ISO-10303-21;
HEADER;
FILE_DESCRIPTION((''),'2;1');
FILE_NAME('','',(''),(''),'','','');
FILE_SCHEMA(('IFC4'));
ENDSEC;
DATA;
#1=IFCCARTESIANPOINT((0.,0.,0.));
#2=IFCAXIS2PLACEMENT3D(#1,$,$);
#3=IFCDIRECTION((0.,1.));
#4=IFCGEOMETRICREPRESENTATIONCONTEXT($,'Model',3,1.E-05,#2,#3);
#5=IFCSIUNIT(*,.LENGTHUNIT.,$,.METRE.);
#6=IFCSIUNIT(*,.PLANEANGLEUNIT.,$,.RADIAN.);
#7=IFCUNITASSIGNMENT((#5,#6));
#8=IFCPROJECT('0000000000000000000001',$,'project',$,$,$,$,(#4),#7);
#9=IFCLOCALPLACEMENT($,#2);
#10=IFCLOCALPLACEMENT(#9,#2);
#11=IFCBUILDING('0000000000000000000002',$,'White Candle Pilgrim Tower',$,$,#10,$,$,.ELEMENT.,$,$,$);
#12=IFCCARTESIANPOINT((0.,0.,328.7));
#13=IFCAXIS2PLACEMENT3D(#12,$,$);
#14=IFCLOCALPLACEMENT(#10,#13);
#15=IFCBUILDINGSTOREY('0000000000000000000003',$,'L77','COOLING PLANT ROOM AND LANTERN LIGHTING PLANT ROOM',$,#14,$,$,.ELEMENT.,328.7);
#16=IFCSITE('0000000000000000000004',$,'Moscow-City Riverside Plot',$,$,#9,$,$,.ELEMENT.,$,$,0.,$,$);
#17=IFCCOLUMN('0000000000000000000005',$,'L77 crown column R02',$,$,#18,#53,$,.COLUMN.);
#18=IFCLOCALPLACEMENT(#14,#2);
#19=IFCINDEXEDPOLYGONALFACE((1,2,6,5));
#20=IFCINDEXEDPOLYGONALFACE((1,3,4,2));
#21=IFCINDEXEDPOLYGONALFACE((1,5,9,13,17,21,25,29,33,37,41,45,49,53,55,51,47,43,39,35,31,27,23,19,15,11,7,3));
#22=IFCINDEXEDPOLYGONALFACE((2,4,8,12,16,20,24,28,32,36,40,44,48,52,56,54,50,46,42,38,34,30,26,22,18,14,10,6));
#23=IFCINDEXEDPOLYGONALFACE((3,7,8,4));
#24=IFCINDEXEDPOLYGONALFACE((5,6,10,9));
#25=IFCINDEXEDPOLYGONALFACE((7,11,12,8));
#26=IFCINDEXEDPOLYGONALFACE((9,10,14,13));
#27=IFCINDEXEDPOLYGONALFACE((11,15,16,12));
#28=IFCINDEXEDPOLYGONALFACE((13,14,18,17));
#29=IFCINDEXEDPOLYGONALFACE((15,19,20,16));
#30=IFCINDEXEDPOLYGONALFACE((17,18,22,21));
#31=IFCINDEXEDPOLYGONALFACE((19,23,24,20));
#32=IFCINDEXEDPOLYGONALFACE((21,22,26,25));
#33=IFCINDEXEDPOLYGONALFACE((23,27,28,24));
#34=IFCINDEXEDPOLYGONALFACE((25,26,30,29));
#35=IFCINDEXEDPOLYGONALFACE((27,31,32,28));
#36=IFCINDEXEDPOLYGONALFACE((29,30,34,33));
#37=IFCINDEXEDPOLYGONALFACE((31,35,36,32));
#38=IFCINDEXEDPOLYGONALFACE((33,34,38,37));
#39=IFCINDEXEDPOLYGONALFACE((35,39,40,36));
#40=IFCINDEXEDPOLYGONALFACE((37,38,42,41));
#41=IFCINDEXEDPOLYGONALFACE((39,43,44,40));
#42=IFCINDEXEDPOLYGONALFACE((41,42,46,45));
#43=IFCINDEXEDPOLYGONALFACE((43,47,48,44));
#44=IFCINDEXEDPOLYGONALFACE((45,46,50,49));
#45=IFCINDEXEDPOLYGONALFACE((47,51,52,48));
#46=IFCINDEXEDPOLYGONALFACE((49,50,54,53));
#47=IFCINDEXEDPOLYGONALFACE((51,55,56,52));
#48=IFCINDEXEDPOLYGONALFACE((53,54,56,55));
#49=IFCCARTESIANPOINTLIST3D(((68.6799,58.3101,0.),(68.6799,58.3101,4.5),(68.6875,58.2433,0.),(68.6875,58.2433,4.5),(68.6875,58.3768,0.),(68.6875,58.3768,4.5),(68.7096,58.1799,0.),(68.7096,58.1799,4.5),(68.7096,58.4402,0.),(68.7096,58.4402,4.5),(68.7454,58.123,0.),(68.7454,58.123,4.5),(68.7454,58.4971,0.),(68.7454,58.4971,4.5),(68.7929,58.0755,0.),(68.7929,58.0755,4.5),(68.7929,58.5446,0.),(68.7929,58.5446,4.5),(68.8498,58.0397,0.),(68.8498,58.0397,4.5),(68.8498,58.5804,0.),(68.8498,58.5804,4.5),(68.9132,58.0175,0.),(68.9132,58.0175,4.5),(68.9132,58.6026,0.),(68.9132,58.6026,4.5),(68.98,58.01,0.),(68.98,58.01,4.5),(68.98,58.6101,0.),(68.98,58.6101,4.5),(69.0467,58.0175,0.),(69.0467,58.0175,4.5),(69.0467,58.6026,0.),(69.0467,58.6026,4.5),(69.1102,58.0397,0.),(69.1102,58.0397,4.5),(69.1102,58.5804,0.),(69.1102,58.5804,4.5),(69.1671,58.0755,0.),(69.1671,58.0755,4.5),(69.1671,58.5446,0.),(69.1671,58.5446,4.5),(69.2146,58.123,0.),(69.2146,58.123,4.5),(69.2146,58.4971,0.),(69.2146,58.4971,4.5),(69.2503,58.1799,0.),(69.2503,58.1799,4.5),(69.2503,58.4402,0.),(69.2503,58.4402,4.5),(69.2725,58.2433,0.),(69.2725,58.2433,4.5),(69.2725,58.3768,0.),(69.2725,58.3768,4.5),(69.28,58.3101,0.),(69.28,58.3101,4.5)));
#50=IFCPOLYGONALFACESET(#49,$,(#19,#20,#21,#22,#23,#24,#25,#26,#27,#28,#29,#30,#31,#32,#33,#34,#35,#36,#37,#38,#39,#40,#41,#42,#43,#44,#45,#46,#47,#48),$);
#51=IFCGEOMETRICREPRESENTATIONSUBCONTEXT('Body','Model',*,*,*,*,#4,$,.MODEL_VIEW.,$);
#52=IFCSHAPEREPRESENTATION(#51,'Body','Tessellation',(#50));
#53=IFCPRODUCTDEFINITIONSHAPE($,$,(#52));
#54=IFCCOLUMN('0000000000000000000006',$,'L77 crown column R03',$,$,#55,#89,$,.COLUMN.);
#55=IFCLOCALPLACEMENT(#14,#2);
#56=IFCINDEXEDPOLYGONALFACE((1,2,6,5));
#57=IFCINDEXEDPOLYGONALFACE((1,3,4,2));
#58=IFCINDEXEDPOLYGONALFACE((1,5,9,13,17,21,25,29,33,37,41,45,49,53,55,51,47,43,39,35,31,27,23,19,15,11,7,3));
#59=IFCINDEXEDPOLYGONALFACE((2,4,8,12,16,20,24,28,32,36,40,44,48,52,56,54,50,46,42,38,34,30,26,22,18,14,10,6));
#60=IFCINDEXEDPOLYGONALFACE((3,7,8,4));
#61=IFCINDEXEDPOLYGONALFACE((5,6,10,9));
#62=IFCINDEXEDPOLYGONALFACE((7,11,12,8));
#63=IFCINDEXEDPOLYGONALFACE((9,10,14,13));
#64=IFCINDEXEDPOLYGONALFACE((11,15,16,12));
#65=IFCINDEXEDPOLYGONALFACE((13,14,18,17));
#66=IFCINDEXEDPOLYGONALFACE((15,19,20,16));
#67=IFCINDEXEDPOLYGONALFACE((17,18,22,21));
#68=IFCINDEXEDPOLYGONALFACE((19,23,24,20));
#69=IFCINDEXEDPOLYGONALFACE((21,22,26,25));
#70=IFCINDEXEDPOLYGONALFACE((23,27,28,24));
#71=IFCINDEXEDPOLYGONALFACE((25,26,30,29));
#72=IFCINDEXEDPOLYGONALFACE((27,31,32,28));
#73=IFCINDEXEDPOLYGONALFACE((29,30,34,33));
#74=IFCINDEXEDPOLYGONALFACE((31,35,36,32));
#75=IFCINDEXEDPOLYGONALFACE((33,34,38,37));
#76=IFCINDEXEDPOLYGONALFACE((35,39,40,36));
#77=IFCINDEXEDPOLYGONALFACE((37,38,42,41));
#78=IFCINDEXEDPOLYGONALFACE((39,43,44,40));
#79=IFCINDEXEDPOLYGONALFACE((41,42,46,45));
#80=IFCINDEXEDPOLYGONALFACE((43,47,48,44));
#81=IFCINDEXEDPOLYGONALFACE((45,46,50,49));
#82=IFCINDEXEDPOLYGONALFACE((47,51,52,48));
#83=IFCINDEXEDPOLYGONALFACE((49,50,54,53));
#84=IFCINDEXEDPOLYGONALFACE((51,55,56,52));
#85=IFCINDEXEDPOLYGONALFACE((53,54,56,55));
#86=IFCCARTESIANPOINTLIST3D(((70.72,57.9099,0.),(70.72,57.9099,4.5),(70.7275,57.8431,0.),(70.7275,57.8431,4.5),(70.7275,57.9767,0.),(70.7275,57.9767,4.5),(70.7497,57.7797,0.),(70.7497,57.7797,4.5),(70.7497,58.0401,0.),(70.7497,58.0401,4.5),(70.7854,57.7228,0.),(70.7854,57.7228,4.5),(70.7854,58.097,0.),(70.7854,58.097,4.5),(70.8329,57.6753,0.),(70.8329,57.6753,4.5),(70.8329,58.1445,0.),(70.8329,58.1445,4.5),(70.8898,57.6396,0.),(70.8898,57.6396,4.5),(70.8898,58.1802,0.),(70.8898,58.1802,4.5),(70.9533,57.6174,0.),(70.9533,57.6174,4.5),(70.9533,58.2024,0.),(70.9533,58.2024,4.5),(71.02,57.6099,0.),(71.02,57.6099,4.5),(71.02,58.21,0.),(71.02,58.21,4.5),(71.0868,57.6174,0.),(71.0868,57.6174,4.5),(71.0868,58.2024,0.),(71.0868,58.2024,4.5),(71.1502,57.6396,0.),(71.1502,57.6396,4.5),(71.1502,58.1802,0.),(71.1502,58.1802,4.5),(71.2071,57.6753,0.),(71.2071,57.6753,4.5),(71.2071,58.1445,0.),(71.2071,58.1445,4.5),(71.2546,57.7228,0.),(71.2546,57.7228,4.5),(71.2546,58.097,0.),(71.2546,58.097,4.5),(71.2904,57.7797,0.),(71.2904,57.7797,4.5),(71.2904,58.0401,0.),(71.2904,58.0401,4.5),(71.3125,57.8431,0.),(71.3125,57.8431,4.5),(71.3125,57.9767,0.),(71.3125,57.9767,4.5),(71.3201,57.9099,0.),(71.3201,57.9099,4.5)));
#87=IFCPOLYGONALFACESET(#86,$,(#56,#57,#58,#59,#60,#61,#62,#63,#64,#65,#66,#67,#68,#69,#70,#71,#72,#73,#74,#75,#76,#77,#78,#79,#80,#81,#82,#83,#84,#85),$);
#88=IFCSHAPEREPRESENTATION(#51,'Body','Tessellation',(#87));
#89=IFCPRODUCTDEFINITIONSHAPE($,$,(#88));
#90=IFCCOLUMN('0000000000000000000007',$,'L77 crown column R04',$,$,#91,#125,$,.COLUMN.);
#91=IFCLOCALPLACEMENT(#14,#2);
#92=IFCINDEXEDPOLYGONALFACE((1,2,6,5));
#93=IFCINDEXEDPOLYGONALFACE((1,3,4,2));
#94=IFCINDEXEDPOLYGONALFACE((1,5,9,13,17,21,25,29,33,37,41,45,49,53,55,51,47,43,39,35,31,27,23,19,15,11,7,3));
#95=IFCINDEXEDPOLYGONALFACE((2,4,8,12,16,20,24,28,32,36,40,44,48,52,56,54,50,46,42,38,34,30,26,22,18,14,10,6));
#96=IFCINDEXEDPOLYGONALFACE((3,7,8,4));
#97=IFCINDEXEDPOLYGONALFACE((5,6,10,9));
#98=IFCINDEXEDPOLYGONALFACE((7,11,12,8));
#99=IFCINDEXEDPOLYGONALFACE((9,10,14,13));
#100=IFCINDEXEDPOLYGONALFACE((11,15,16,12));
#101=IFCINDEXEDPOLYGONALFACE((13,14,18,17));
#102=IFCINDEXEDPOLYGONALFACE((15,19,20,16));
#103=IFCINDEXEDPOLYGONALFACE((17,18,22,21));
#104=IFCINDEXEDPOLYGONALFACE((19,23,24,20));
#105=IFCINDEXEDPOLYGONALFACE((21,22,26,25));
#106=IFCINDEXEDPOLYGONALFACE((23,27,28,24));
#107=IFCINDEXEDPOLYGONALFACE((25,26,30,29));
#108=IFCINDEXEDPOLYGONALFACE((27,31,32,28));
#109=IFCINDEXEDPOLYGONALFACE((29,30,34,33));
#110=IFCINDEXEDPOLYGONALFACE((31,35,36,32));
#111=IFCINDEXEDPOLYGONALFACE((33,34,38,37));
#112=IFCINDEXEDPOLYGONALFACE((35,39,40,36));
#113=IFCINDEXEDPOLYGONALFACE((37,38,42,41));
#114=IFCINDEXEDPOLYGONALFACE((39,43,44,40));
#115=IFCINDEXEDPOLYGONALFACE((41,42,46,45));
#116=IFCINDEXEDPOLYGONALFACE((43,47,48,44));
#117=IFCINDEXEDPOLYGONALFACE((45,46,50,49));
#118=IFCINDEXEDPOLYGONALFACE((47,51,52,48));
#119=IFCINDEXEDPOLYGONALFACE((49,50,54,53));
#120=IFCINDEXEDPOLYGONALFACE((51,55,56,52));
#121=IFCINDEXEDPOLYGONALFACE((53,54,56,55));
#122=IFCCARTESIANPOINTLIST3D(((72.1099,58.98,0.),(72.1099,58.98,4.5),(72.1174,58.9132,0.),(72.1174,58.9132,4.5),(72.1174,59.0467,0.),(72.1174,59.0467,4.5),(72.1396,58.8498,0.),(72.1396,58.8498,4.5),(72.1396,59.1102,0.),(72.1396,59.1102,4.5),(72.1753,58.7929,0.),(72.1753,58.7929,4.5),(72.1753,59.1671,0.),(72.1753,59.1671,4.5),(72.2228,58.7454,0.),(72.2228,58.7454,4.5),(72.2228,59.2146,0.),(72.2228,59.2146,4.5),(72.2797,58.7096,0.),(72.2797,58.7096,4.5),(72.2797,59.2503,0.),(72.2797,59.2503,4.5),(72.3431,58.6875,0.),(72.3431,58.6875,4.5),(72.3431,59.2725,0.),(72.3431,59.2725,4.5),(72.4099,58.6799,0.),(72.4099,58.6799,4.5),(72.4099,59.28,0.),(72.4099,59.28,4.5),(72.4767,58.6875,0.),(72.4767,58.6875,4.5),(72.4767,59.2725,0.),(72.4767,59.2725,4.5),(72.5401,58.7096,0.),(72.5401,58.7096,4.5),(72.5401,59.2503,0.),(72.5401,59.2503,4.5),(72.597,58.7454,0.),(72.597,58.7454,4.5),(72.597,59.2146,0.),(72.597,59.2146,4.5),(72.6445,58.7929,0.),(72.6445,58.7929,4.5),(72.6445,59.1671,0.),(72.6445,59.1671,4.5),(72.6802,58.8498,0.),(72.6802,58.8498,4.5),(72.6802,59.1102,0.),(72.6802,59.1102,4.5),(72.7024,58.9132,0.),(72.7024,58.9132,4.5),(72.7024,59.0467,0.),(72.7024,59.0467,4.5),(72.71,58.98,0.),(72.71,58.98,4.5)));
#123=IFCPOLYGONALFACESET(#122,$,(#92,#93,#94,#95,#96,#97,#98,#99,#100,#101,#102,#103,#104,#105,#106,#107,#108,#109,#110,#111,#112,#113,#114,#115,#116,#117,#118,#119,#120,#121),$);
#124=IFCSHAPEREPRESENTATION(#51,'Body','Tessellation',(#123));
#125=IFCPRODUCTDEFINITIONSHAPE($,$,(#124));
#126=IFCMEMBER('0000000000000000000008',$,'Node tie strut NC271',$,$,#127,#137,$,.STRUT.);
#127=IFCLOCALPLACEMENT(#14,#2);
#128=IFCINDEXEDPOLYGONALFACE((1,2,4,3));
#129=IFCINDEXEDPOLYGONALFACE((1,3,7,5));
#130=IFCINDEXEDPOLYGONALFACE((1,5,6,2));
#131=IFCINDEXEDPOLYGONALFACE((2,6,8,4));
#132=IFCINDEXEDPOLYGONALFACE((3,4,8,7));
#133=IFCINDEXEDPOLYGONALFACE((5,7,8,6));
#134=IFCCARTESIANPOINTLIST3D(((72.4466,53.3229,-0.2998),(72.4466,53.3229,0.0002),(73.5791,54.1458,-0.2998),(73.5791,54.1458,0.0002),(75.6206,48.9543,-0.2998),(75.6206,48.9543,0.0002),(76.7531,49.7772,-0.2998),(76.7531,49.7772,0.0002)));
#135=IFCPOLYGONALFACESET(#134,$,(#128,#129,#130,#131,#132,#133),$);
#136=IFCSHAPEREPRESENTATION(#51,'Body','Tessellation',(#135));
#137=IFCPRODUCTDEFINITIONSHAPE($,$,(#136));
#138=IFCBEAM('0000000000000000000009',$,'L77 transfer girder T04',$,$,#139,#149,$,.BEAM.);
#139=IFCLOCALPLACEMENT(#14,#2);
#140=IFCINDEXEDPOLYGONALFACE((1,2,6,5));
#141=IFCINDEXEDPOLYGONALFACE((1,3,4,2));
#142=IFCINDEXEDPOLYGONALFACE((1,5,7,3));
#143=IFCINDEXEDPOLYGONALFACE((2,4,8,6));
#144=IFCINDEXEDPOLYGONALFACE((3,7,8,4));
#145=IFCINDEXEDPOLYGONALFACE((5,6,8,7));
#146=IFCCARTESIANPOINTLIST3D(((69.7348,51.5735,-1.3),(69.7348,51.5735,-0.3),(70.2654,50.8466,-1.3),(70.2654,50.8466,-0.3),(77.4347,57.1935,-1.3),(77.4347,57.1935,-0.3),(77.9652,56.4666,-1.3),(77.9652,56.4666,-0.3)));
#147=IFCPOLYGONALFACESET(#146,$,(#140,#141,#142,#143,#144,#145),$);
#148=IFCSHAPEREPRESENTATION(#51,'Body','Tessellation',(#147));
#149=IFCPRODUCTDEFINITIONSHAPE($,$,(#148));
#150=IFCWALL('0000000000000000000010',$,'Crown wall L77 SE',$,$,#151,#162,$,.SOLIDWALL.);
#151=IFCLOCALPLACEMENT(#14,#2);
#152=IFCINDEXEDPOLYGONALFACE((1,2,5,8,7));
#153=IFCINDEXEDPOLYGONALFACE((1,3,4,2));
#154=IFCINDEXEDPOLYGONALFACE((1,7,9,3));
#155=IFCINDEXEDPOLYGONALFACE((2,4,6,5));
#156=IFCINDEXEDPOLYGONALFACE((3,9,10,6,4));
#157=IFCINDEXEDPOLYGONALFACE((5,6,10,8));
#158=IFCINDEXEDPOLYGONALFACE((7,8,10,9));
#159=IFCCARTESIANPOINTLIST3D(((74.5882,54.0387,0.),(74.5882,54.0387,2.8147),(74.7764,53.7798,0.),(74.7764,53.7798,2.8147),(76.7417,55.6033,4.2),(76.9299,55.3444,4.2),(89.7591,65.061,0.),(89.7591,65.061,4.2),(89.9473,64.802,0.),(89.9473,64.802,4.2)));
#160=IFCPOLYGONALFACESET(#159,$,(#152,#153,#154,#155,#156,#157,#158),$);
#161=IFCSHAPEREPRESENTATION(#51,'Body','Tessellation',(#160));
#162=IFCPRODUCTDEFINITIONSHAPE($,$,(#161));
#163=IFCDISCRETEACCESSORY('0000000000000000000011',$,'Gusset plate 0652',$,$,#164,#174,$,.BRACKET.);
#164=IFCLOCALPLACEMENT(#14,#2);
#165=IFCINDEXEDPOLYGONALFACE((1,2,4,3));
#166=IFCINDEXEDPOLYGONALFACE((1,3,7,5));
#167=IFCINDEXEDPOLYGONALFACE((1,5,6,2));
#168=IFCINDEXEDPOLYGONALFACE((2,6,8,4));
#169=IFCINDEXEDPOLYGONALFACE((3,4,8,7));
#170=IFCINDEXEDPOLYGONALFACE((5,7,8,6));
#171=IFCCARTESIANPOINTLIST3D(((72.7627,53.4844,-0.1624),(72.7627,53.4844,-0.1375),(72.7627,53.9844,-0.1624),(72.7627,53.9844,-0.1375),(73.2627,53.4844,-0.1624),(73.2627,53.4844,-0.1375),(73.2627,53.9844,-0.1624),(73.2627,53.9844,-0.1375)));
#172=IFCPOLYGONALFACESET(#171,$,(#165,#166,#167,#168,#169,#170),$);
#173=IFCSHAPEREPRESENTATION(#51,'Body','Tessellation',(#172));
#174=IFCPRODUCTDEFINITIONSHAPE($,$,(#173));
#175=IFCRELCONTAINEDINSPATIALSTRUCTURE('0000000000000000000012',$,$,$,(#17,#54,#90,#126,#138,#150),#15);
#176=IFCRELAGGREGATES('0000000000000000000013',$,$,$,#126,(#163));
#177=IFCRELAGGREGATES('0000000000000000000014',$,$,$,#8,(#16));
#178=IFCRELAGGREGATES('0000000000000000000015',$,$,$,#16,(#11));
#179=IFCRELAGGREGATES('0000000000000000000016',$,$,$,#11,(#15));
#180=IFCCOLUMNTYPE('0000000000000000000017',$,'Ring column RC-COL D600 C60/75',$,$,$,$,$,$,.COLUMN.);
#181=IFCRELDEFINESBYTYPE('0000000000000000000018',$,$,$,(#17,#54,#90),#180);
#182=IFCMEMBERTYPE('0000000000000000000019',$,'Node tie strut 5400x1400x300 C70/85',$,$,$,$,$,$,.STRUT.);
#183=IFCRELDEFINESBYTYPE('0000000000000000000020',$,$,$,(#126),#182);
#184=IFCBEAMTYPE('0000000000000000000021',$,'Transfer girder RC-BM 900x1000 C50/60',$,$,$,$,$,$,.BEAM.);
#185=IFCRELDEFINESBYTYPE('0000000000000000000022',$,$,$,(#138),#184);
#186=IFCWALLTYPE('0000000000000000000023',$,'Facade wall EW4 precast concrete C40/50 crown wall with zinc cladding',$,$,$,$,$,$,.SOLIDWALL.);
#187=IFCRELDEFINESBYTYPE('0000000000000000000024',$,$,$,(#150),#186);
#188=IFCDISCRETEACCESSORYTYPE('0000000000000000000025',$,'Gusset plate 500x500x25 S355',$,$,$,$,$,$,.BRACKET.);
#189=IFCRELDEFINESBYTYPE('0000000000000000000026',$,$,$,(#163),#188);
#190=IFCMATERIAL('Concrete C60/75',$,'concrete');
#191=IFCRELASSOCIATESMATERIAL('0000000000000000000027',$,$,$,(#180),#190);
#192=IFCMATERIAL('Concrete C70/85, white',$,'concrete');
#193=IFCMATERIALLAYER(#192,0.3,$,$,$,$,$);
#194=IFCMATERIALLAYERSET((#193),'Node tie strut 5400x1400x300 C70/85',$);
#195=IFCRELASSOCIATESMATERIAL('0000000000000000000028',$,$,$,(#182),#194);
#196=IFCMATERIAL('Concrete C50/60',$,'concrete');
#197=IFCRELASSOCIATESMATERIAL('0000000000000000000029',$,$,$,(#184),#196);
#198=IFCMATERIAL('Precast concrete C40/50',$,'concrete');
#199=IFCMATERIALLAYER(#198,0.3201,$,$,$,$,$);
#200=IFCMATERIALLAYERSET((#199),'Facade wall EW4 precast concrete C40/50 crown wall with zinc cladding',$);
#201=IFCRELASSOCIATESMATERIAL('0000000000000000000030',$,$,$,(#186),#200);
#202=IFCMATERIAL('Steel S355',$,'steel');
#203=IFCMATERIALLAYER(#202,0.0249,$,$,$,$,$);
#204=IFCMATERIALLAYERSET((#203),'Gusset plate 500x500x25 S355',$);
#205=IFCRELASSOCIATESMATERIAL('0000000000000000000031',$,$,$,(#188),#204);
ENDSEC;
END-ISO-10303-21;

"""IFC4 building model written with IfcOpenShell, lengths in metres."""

from ifc_helpers import new_model, si_unit, direction, frame, origin, origin_2d, place, context, subcontext, project, spatial, polyline, rectangle, circle, outline, extrude, material, layer, layer_set, material_profile, profile_set, type_object, element, aggregate, save


model = new_model("IFC4")

# Units and contexts
model_context = context("Model", 3, precision=1e-05, world=origin(), true_north=direction((0.0, 1.0)))
body_context = subcontext(model_context, "Body", "Model", "MODEL_VIEW")
ifc_project = project(units=[si_unit("LENGTHUNIT", "METRE"), si_unit("PLANEANGLEUNIT", "RADIAN")], contexts=[model_context])

# Site, building, storey
site_placement = place(None, origin())
site = spatial("IfcSite", under=ifc_project, at=site_placement, Name="Moscow-City Riverside Plot", CompositionType="ELEMENT", RefElevation=0.0)
building_placement = place(site_placement, origin())
building = spatial("IfcBuilding", under=site, at=building_placement, Name="White Candle Pilgrim Tower", CompositionType="ELEMENT")
storey_placement = place(building_placement, frame((0.0, 0.0, 328.7)))
storey = spatial("IfcBuildingStorey", under=building, at=storey_placement, Name="L77", Description="COOLING PLANT ROOM AND LANTERN LIGHTING PLANT ROOM", CompositionType="ELEMENT", Elevation=328.7)

# Columns
ifc_material_1 = material(Name="Concrete C60/75", Category="concrete")
ifc_material_profile_1 = material_profile(ifc_material_1, circle(Radius=0.3, at=origin_2d()), Name="RC-COL D600")
ifc_profile_set_1 = profile_set([ifc_material_profile_1], Name="Concrete C60/75")
column_type_1 = type_object("IfcColumnType", Name="Ring column RC-COL D600 C60/75", PredefinedType="COLUMN", material=ifc_profile_set_1)
for number, where, z_axis, x_axis, name in (
    (1, (68.98, 58.3101, 0.0), (0.0, 0.0, 1.0), (1.0, 0.0, 0.0), "L77 crown column R02"),
    (2, (71.02, 57.9099, 0.0), (0.0, 0.0, 1.0), (1.0, 0.0, 0.0), "L77 crown column R03"),
    (3, (72.4099, 58.98, 0.0), (0.0, 0.0, 1.0), (1.0, 0.0, 0.0), "L77 crown column R04"),
):
    element("IfcColumn", number, at=place(storey_placement, frame(where, z_axis=z_axis, x_axis=x_axis)), inside=storey, type_object=column_type_1, Name=name, PredefinedType="COLUMN", context=body_context, shape_type="SweptSolid", body=[
        extrude(circle(Radius=0.3, at=origin_2d()), origin(), (0.0, 0.0, 1.0), 4.5),
    ])

# Member
ifc_material_2 = material(Name="Concrete C70/85, white", Category="concrete")
ifc_layer_1 = layer(ifc_material_2, 0.3)
ifc_layer_set_1 = layer_set([ifc_layer_1], Name="Node tie strut 5400x1400x300 C70/85")
member_type = type_object("IfcMemberType", Name="Node tie strut 5400x1400x300 C70/85", PredefinedType="STRUT", material=ifc_layer_set_1)
member_placement = place(storey_placement, frame((74.5999, 51.55, -0.2998), z_axis=(0.0, 0.0, 1.0), x_axis=(0.809017, 0.587785, 0.0)))
member = element("IfcMember", 4, at=member_placement, inside=storey, type_object=member_type, Name="Node tie strut NC271", PredefinedType="STRUT", context=body_context, shape_type="SweptSolid", body=[
    extrude(rectangle(XDim=1.3999, YDim=5.3999, at=origin_2d()), origin(), (0.0, 0.0, 1.0), 0.3),
])

# Beam
ifc_material_3 = material(Name="Concrete C50/60", Category="concrete")
ifc_material_profile_2 = material_profile(ifc_material_3, rectangle(XDim=0.8999, YDim=1.0, at=origin_2d()), Name="RC-BM 900x1000")
ifc_profile_set_2 = profile_set([ifc_material_profile_2], Name="Concrete C50/60")
beam_type = type_object("IfcBeamType", Name="Transfer girder RC-BM 900x1000 C50/60", PredefinedType="BEAM", material=ifc_profile_set_2)
beam_placement = place(storey_placement, frame((77.7, 56.8301, -0.8), z_axis=(-0.807729, -0.589554, 0.0), x_axis=(0.589554, -0.807729, 0.0)))
element("IfcBeam", 5, at=beam_placement, inside=storey, type_object=beam_type, Name="L77 transfer girder T04", PredefinedType="BEAM", context=body_context, shape_type="SweptSolid", body=[
    extrude(rectangle(XDim=0.8999, YDim=1.0, at=origin_2d()), origin(), (0.0, 0.0, 1.0), 9.5327),
])

# Wall
ifc_material_4 = material(Name="Precast concrete C40/50", Category="concrete")
ifc_layer_2 = layer(ifc_material_4, 0.3201)
ifc_layer_set_2 = layer_set([ifc_layer_2], Name="Facade wall EW4 precast concrete C40/50 crown wall with zinc cladding")
wall_type_1 = type_object("IfcWallType", Name="Facade wall EW4 precast concrete C40/50 crown wall with zinc cladding", PredefinedType="SOLIDWALL", material=ifc_layer_set_2)
wall_1_placement = place(storey_placement, frame((74.6824, 53.9092, 0.0), z_axis=(0.0, 0.0, 1.0), x_axis=(0.809019, 0.587782, 0.0)))
element("IfcWall", 6, at=wall_1_placement, inside=storey, type_object=wall_type_1, Name="Crown wall L77 SE", PredefinedType="SOLIDWALL", context=body_context, shape_type="SweptSolid", body=[
    extrude(outline(polyline([(0.0, 0.0), (18.7522, 0.0), (18.7522, 4.2), (2.6619, 4.2), (0.0, 2.8147), (0.0, 0.0)])), frame((0.0, 0.1602, 0.0), z_axis=(0.0, -1.0, 0.0), x_axis=(1.0, 0.0, 0.0)), (0.0, 0.0, 1.0), 0.3201),
])

# Discrete accessory
ifc_material_5 = material(Name="Steel S355", Category="steel")
ifc_layer_3 = layer(ifc_material_5, 0.0249)
ifc_layer_set_3 = layer_set([ifc_layer_3], Name="Gusset plate 500x500x25 S355")
discrete_accessory_type = type_object("IfcDiscreteAccessoryType", Name="Gusset plate 500x500x25 S355", PredefinedType="BRACKET", material=ifc_layer_set_3)
discrete_accessory_placement = place(storey_placement, frame((73.0127, 53.7344, -0.1624), z_axis=(0.0, 0.0, 1.0), x_axis=(1.0, 0.0, 0.0)))
discrete_accessory = element("IfcDiscreteAccessory", 7, at=discrete_accessory_placement, type_object=discrete_accessory_type, Name="Gusset plate 0652", PredefinedType="BRACKET", context=body_context, shape_type="SweptSolid", body=[
    extrude(rectangle(XDim=0.5, YDim=0.5, at=origin_2d()), origin(), (0.0, 0.0, 1.0), 0.0249),
])
aggregate(member, [discrete_accessory])

save(model, "model.ifc")
